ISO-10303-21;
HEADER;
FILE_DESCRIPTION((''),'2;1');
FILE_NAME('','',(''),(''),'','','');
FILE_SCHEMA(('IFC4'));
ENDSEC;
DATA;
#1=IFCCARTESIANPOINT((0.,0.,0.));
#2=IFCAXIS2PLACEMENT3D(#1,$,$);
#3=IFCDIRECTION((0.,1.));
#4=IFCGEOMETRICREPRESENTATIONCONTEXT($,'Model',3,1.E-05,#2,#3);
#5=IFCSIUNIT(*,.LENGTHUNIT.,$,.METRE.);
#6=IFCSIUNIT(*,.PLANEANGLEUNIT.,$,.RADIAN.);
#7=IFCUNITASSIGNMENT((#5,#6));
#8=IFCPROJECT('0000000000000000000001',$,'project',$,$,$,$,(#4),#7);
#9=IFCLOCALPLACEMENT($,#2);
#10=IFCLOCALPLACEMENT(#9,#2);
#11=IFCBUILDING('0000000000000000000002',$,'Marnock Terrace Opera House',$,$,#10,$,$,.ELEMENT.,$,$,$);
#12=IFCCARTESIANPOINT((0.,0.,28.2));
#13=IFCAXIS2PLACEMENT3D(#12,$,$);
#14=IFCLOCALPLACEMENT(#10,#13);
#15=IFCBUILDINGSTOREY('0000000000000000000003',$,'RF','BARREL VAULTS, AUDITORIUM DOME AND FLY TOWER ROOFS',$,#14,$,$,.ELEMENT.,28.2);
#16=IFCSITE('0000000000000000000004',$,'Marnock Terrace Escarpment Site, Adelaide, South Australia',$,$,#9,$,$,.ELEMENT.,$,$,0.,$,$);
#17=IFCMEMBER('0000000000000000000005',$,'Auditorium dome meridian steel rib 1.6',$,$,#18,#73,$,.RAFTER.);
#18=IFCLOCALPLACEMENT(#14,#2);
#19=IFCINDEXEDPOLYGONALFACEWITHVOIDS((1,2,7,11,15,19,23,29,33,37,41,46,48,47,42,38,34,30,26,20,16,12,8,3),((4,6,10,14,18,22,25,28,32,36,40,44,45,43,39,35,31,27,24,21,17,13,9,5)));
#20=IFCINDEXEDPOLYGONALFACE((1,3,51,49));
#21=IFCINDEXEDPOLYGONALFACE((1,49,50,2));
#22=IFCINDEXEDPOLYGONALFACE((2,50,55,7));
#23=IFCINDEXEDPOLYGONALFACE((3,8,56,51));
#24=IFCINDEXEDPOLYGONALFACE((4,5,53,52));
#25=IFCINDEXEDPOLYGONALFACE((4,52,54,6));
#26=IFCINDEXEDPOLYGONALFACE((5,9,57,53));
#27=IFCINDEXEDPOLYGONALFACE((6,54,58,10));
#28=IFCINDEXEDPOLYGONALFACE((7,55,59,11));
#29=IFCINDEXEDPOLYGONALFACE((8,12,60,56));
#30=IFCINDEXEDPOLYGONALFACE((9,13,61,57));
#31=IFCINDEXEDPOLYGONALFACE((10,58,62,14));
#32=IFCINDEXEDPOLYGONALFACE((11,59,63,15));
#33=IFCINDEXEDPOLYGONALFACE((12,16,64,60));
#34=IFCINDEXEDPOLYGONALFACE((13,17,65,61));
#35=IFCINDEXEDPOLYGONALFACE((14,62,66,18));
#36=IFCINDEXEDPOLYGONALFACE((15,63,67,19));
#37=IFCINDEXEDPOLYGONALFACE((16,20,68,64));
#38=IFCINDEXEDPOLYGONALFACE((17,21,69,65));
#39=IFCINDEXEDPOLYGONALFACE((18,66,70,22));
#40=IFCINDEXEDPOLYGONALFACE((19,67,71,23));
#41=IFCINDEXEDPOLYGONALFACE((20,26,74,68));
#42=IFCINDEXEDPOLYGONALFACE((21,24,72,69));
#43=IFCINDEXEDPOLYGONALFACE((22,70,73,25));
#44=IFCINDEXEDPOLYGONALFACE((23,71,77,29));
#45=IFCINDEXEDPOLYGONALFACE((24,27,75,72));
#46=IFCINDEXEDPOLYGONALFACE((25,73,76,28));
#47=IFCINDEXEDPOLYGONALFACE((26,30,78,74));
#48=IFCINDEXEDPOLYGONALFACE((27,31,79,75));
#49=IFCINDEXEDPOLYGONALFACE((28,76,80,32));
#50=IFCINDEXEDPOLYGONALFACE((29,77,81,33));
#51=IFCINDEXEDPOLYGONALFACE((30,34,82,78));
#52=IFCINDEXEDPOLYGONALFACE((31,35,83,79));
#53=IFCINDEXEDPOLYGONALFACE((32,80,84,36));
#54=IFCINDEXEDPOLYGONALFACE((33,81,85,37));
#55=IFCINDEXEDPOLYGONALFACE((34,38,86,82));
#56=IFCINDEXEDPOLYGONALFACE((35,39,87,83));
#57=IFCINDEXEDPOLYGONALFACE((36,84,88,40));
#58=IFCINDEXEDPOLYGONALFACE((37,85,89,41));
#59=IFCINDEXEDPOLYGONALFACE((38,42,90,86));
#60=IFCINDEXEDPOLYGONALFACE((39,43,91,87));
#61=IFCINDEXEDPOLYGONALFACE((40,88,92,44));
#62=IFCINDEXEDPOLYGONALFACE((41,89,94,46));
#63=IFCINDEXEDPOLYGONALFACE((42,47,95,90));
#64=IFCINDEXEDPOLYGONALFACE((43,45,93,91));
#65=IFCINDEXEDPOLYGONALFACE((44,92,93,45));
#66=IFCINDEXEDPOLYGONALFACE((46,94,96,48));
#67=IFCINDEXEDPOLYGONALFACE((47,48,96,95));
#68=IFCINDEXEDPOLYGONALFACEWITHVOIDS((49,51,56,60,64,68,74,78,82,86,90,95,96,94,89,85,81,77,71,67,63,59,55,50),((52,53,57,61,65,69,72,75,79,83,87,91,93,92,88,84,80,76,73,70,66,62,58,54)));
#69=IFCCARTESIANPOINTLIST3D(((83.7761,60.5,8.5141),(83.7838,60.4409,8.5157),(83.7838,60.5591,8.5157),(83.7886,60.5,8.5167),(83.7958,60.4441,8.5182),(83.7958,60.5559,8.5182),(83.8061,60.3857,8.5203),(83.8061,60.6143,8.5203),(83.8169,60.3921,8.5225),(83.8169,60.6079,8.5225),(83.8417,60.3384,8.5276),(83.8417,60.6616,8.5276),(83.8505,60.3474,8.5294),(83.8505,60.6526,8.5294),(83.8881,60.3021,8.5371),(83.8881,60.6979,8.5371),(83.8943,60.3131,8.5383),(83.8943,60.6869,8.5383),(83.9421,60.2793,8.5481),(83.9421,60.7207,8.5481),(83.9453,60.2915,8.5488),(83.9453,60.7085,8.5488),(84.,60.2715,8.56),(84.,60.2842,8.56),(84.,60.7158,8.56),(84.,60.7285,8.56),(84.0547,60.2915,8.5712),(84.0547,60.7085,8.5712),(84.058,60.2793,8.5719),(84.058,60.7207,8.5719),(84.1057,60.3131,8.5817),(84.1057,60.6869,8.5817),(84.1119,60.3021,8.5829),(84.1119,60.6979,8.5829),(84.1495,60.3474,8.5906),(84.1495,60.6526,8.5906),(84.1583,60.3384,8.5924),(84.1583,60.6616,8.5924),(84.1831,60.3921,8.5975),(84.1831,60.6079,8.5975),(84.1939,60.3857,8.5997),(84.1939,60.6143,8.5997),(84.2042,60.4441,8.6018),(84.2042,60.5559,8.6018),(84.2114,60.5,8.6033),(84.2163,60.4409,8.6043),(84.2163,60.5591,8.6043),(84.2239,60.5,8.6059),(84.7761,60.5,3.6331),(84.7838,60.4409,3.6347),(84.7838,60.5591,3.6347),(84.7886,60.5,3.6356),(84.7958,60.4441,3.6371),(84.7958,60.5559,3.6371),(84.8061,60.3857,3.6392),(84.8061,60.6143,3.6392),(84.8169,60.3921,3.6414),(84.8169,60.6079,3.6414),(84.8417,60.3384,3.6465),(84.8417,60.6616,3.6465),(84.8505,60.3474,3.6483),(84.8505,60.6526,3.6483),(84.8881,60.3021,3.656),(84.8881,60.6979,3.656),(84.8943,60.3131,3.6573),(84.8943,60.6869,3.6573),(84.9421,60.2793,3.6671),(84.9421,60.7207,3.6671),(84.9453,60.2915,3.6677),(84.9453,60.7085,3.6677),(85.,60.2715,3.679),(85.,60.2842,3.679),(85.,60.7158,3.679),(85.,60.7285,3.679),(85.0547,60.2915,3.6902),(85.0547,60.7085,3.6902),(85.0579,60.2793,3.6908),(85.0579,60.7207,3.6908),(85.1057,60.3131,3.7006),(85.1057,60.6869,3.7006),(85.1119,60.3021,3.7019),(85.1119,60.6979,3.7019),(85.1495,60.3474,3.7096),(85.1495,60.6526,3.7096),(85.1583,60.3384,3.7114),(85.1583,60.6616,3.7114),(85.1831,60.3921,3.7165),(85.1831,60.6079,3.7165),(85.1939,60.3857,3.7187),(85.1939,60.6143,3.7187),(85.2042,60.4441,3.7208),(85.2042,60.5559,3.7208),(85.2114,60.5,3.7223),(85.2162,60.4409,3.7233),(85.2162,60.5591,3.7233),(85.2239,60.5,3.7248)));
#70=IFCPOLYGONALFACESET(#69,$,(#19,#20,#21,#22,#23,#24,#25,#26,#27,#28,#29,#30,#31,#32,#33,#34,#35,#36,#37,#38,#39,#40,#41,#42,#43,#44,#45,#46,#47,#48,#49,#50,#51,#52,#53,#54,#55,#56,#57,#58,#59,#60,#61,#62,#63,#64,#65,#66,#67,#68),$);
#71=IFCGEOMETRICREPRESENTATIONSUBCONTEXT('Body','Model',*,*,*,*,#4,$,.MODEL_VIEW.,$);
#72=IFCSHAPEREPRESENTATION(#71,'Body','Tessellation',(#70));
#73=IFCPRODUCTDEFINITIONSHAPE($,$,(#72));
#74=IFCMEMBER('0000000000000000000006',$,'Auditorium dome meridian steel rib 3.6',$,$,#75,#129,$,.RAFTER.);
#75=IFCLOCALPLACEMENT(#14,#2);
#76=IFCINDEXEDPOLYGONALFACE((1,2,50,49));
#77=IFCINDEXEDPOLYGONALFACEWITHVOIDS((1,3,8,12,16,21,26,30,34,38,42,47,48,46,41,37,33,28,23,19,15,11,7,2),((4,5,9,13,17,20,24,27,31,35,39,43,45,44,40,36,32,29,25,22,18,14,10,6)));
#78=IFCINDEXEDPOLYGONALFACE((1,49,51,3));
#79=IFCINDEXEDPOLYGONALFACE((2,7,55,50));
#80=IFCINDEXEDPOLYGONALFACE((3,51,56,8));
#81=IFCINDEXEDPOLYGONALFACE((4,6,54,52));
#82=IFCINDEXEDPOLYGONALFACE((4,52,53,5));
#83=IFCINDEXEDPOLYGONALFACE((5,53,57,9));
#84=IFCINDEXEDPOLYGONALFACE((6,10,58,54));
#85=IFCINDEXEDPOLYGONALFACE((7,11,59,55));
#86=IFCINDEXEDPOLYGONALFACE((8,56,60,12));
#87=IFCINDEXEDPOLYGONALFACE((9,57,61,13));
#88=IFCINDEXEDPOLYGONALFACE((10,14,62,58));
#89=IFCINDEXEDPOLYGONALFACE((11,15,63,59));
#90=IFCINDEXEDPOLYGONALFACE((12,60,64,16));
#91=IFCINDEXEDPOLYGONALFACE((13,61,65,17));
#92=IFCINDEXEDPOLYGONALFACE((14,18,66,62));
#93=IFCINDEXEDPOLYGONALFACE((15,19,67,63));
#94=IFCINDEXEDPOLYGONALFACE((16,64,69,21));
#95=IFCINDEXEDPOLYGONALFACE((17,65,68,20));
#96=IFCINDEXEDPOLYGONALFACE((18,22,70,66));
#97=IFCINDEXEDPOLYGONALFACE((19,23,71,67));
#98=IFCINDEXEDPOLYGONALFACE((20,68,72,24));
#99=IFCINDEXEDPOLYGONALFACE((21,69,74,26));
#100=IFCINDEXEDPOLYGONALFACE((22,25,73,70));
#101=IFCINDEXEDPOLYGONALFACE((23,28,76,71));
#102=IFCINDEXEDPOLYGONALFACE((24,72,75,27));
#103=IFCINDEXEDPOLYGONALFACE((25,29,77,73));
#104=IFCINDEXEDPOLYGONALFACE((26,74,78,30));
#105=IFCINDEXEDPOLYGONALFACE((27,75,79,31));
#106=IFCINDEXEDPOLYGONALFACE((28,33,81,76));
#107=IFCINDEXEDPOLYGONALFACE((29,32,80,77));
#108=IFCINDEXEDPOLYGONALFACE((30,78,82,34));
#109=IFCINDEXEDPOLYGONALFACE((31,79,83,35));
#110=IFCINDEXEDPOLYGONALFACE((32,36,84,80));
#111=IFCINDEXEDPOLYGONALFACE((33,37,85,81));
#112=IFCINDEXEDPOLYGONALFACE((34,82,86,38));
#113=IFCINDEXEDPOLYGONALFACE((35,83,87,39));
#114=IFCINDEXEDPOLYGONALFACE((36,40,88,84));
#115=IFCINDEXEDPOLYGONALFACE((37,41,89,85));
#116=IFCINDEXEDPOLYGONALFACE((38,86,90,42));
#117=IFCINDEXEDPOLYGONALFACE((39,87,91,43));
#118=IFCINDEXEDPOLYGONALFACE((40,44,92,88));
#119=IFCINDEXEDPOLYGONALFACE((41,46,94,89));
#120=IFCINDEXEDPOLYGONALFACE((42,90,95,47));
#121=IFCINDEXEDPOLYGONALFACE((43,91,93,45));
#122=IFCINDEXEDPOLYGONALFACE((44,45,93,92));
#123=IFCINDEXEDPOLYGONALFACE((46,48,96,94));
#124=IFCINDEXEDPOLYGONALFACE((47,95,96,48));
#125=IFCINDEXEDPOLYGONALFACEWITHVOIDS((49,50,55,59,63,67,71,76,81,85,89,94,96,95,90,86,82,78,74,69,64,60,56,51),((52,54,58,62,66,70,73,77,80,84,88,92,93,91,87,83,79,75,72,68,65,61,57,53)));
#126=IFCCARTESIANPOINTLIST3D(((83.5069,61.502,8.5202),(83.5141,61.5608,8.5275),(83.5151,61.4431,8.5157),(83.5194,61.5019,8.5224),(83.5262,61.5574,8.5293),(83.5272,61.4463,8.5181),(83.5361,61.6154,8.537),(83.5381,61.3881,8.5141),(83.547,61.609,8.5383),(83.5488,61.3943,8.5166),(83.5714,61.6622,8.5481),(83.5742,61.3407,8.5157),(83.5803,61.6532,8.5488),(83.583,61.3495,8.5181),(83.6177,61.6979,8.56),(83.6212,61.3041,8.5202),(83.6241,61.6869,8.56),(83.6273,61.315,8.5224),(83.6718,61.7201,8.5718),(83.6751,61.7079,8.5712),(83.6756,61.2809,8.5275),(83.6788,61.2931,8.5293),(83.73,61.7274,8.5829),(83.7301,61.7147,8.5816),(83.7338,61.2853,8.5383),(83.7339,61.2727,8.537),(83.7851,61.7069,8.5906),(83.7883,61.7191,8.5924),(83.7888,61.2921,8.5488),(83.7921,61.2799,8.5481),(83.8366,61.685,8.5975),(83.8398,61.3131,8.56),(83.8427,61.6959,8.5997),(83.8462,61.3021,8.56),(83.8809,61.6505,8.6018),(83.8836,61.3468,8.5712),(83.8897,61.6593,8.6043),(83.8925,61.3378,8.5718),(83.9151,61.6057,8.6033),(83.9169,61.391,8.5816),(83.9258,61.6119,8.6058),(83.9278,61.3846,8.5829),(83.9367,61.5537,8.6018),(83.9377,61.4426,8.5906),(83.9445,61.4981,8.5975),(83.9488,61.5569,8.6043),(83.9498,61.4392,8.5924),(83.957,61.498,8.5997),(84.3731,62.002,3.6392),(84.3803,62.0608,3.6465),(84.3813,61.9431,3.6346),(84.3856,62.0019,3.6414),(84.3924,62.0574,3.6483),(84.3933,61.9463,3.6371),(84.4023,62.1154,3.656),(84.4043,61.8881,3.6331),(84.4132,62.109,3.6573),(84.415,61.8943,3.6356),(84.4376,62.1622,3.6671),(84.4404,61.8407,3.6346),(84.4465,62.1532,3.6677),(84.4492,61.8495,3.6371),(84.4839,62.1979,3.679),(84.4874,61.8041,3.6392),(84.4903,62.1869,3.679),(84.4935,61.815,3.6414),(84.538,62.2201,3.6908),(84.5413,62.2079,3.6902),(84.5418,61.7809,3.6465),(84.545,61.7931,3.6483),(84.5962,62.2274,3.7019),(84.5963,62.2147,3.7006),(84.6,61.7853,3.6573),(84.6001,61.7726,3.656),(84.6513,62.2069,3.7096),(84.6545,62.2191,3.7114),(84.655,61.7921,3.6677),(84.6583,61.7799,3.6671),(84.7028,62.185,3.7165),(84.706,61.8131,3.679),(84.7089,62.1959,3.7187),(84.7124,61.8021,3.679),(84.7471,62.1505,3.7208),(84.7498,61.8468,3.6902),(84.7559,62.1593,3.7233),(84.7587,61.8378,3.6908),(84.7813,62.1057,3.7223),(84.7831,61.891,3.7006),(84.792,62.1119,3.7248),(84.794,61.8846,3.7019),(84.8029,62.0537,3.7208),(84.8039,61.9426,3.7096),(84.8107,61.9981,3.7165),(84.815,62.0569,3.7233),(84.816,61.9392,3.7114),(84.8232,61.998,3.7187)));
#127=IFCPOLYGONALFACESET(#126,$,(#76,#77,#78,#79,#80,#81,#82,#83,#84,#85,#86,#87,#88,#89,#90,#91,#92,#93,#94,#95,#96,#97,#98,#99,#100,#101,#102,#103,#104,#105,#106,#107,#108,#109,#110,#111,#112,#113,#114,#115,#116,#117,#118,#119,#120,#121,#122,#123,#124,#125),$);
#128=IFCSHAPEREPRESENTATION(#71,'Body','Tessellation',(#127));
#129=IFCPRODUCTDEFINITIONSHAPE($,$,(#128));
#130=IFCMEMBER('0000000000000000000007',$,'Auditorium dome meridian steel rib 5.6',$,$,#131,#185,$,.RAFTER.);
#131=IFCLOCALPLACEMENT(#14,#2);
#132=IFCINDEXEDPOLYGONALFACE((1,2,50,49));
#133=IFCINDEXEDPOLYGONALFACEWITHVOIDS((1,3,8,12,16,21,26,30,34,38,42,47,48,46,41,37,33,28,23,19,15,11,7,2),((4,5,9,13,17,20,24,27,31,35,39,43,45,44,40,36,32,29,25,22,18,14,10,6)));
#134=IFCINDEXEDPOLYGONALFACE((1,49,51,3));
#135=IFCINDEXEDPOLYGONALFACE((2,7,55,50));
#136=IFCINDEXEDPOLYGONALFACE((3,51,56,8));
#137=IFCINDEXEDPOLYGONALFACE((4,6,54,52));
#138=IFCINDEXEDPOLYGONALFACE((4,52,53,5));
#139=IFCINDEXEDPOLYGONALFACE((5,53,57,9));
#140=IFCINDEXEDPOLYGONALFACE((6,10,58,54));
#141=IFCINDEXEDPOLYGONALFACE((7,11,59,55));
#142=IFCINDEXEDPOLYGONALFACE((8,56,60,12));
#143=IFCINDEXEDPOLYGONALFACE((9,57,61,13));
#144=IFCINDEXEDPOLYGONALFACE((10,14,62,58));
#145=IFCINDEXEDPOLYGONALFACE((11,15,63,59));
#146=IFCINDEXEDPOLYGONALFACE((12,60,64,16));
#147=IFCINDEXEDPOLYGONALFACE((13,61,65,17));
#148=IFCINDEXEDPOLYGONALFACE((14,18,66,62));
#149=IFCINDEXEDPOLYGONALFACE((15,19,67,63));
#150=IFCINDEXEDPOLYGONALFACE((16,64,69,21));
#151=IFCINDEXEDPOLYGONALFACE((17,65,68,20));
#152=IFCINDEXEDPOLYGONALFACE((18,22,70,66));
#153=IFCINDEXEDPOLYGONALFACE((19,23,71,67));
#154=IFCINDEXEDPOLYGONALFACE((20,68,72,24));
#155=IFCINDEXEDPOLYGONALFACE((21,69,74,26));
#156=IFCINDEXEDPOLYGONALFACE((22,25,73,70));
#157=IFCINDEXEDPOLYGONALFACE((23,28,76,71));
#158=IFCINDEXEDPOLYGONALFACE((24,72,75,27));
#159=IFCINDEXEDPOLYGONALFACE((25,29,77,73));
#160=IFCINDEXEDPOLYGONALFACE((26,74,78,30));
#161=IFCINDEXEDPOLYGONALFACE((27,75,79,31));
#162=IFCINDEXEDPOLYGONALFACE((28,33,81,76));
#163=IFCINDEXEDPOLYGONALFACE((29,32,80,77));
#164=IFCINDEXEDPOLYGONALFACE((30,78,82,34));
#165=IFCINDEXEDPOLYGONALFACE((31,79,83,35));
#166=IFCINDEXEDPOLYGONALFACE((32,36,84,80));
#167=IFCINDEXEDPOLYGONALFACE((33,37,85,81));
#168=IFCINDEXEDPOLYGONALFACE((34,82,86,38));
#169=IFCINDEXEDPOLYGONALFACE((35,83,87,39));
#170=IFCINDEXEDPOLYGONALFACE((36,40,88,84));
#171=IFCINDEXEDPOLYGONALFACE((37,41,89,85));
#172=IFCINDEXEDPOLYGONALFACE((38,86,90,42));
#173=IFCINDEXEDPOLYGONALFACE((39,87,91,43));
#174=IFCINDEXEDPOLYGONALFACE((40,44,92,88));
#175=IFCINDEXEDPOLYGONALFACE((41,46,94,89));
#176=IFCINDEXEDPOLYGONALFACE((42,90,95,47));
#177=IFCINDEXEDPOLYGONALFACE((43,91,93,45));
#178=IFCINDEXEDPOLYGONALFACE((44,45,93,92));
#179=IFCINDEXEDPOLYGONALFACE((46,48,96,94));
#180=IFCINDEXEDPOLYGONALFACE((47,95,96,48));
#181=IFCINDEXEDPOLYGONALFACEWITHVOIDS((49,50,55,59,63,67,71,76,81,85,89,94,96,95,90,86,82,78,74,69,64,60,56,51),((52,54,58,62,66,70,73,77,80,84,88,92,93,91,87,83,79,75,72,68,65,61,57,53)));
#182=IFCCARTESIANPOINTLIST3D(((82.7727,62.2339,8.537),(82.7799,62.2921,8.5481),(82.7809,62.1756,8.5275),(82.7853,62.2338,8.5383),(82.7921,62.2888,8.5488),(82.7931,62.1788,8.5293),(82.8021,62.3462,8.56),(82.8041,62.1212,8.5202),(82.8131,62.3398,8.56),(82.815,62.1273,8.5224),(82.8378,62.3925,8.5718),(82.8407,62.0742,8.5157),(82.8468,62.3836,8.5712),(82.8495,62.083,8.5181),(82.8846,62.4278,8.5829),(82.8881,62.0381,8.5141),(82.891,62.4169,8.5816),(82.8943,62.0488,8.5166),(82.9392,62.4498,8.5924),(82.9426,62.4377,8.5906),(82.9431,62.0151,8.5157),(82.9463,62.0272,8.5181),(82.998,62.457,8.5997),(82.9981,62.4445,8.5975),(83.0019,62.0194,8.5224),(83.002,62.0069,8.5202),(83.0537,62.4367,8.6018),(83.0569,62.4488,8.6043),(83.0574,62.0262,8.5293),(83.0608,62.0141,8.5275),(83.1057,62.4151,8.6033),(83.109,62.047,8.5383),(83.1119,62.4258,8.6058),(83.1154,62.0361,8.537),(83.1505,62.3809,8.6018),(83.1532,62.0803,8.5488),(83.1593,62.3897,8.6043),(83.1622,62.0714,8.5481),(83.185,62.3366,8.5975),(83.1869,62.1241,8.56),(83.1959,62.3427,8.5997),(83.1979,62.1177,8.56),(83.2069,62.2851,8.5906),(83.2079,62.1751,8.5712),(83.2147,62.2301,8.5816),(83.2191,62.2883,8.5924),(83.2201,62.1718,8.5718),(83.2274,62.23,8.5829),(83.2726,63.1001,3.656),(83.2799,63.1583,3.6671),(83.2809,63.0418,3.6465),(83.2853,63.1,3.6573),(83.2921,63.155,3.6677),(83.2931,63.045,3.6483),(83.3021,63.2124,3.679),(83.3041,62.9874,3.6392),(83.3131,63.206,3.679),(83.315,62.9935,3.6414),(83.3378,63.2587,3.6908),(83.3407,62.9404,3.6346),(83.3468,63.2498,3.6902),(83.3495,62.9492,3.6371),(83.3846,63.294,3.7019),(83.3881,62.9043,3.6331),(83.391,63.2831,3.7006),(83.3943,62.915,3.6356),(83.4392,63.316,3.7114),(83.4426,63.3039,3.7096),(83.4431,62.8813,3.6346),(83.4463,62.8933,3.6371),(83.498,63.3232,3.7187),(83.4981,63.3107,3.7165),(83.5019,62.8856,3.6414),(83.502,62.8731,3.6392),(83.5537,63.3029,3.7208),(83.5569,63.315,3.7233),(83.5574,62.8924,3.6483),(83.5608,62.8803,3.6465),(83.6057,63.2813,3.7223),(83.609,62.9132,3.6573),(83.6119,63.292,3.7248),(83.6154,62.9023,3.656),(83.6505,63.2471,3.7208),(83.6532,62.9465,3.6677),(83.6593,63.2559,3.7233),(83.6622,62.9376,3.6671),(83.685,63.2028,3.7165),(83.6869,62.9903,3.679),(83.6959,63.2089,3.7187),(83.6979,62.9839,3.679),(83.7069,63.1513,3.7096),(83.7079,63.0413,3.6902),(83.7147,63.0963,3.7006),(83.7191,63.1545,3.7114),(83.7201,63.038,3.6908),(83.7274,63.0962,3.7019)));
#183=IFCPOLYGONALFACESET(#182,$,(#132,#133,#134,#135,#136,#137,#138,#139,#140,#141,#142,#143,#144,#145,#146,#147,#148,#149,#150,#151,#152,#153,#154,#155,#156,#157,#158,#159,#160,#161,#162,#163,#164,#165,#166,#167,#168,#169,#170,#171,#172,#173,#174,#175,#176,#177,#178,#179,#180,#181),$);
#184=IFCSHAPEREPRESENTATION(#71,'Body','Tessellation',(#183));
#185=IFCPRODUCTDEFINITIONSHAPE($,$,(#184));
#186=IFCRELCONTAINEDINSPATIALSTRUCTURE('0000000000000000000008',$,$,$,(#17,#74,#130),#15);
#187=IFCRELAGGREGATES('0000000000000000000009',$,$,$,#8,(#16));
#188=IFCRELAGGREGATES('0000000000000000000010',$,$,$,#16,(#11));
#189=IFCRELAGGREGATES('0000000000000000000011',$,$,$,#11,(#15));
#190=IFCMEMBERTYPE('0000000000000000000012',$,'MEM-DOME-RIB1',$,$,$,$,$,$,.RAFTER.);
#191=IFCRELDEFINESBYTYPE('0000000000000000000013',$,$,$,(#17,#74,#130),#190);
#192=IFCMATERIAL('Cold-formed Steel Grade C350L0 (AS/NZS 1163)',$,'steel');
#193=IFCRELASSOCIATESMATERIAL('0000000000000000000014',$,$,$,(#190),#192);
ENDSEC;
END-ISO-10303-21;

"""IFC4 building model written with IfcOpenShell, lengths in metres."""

from ifc_helpers import new_model, si_unit, direction, frame, origin, origin_2d, place, context, subcontext, project, spatial, hollow_circle, extrude, material, material_profile, profile_set, type_object, element, save


model = new_model("IFC4")

# Units and contexts
model_context = context("Model", 3, precision=1e-05, world=origin(), true_north=direction((0.0, 1.0)))
body_context = subcontext(model_context, "Body", "Model", "MODEL_VIEW")
ifc_project = project(units=[si_unit("LENGTHUNIT", "METRE"), si_unit("PLANEANGLEUNIT", "RADIAN")], contexts=[model_context])

# Site, building, storey
site_placement = place(None, origin())
site = spatial("IfcSite", under=ifc_project, at=site_placement, Name="Marnock Terrace Escarpment Site, Adelaide, South Australia", CompositionType="ELEMENT", RefElevation=0.0)
building_placement = place(site_placement, origin())
building = spatial("IfcBuilding", under=site, at=building_placement, Name="Marnock Terrace Opera House", CompositionType="ELEMENT")
storey_placement = place(building_placement, frame((0.0, 0.0, 28.2)))
storey = spatial("IfcBuildingStorey", under=building, at=storey_placement, Name="RF", Description="BARREL VAULTS, AUDITORIUM DOME AND FLY TOWER ROOFS", CompositionType="ELEMENT", Elevation=28.2)

# Members
ifc_material_1 = material(Name="Cold-formed Steel Grade C350L0 (AS/NZS 1163)", Category="steel")
ifc_material_profile_1 = material_profile(ifc_material_1, hollow_circle(Radius=0.2285, WallThickness=0.0127, at=origin_2d()))
ifc_profile_set_1 = profile_set([ifc_material_profile_1], Name="Cold-formed Steel Grade C350L0 (AS/NZS 1163)")
member_type_1 = type_object("IfcMemberType", Name="MEM-DOME-RIB1", PredefinedType="RAFTER", material=ifc_profile_set_1)
for number, where, z_axis, x_axis, name in (
    (1, (85.0, 60.5, 3.679), (-0.200703, 0.0, 0.979652), (0.0, -1.0, 0.0), "Auditorium dome meridian steel rib 1.6"),
    (2, (84.5981, 62.0, 3.679), (-0.17385, -0.100351, 0.979646), (0.49992, -0.866072, 0.0), "Auditorium dome meridian steel rib 3.6"),
    (3, (83.5, 63.0981, 3.679), (-0.100351, -0.17385, 0.979646), (0.866072, -0.49992, 0.0), "Auditorium dome meridian steel rib 5.6"),
):
    element("IfcMember", number, at=place(storey_placement, frame(where, z_axis=z_axis, x_axis=x_axis)), inside=storey, type_object=member_type_1, Name=name, PredefinedType="RAFTER", context=body_context, shape_type="SweptSolid", body=[
        extrude(hollow_circle(Radius=0.2285, WallThickness=0.0127, at=origin_2d()), origin(), (0.0, 0.0, 1.0), 4.9824),
    ])

save(model, "model.ifc")
